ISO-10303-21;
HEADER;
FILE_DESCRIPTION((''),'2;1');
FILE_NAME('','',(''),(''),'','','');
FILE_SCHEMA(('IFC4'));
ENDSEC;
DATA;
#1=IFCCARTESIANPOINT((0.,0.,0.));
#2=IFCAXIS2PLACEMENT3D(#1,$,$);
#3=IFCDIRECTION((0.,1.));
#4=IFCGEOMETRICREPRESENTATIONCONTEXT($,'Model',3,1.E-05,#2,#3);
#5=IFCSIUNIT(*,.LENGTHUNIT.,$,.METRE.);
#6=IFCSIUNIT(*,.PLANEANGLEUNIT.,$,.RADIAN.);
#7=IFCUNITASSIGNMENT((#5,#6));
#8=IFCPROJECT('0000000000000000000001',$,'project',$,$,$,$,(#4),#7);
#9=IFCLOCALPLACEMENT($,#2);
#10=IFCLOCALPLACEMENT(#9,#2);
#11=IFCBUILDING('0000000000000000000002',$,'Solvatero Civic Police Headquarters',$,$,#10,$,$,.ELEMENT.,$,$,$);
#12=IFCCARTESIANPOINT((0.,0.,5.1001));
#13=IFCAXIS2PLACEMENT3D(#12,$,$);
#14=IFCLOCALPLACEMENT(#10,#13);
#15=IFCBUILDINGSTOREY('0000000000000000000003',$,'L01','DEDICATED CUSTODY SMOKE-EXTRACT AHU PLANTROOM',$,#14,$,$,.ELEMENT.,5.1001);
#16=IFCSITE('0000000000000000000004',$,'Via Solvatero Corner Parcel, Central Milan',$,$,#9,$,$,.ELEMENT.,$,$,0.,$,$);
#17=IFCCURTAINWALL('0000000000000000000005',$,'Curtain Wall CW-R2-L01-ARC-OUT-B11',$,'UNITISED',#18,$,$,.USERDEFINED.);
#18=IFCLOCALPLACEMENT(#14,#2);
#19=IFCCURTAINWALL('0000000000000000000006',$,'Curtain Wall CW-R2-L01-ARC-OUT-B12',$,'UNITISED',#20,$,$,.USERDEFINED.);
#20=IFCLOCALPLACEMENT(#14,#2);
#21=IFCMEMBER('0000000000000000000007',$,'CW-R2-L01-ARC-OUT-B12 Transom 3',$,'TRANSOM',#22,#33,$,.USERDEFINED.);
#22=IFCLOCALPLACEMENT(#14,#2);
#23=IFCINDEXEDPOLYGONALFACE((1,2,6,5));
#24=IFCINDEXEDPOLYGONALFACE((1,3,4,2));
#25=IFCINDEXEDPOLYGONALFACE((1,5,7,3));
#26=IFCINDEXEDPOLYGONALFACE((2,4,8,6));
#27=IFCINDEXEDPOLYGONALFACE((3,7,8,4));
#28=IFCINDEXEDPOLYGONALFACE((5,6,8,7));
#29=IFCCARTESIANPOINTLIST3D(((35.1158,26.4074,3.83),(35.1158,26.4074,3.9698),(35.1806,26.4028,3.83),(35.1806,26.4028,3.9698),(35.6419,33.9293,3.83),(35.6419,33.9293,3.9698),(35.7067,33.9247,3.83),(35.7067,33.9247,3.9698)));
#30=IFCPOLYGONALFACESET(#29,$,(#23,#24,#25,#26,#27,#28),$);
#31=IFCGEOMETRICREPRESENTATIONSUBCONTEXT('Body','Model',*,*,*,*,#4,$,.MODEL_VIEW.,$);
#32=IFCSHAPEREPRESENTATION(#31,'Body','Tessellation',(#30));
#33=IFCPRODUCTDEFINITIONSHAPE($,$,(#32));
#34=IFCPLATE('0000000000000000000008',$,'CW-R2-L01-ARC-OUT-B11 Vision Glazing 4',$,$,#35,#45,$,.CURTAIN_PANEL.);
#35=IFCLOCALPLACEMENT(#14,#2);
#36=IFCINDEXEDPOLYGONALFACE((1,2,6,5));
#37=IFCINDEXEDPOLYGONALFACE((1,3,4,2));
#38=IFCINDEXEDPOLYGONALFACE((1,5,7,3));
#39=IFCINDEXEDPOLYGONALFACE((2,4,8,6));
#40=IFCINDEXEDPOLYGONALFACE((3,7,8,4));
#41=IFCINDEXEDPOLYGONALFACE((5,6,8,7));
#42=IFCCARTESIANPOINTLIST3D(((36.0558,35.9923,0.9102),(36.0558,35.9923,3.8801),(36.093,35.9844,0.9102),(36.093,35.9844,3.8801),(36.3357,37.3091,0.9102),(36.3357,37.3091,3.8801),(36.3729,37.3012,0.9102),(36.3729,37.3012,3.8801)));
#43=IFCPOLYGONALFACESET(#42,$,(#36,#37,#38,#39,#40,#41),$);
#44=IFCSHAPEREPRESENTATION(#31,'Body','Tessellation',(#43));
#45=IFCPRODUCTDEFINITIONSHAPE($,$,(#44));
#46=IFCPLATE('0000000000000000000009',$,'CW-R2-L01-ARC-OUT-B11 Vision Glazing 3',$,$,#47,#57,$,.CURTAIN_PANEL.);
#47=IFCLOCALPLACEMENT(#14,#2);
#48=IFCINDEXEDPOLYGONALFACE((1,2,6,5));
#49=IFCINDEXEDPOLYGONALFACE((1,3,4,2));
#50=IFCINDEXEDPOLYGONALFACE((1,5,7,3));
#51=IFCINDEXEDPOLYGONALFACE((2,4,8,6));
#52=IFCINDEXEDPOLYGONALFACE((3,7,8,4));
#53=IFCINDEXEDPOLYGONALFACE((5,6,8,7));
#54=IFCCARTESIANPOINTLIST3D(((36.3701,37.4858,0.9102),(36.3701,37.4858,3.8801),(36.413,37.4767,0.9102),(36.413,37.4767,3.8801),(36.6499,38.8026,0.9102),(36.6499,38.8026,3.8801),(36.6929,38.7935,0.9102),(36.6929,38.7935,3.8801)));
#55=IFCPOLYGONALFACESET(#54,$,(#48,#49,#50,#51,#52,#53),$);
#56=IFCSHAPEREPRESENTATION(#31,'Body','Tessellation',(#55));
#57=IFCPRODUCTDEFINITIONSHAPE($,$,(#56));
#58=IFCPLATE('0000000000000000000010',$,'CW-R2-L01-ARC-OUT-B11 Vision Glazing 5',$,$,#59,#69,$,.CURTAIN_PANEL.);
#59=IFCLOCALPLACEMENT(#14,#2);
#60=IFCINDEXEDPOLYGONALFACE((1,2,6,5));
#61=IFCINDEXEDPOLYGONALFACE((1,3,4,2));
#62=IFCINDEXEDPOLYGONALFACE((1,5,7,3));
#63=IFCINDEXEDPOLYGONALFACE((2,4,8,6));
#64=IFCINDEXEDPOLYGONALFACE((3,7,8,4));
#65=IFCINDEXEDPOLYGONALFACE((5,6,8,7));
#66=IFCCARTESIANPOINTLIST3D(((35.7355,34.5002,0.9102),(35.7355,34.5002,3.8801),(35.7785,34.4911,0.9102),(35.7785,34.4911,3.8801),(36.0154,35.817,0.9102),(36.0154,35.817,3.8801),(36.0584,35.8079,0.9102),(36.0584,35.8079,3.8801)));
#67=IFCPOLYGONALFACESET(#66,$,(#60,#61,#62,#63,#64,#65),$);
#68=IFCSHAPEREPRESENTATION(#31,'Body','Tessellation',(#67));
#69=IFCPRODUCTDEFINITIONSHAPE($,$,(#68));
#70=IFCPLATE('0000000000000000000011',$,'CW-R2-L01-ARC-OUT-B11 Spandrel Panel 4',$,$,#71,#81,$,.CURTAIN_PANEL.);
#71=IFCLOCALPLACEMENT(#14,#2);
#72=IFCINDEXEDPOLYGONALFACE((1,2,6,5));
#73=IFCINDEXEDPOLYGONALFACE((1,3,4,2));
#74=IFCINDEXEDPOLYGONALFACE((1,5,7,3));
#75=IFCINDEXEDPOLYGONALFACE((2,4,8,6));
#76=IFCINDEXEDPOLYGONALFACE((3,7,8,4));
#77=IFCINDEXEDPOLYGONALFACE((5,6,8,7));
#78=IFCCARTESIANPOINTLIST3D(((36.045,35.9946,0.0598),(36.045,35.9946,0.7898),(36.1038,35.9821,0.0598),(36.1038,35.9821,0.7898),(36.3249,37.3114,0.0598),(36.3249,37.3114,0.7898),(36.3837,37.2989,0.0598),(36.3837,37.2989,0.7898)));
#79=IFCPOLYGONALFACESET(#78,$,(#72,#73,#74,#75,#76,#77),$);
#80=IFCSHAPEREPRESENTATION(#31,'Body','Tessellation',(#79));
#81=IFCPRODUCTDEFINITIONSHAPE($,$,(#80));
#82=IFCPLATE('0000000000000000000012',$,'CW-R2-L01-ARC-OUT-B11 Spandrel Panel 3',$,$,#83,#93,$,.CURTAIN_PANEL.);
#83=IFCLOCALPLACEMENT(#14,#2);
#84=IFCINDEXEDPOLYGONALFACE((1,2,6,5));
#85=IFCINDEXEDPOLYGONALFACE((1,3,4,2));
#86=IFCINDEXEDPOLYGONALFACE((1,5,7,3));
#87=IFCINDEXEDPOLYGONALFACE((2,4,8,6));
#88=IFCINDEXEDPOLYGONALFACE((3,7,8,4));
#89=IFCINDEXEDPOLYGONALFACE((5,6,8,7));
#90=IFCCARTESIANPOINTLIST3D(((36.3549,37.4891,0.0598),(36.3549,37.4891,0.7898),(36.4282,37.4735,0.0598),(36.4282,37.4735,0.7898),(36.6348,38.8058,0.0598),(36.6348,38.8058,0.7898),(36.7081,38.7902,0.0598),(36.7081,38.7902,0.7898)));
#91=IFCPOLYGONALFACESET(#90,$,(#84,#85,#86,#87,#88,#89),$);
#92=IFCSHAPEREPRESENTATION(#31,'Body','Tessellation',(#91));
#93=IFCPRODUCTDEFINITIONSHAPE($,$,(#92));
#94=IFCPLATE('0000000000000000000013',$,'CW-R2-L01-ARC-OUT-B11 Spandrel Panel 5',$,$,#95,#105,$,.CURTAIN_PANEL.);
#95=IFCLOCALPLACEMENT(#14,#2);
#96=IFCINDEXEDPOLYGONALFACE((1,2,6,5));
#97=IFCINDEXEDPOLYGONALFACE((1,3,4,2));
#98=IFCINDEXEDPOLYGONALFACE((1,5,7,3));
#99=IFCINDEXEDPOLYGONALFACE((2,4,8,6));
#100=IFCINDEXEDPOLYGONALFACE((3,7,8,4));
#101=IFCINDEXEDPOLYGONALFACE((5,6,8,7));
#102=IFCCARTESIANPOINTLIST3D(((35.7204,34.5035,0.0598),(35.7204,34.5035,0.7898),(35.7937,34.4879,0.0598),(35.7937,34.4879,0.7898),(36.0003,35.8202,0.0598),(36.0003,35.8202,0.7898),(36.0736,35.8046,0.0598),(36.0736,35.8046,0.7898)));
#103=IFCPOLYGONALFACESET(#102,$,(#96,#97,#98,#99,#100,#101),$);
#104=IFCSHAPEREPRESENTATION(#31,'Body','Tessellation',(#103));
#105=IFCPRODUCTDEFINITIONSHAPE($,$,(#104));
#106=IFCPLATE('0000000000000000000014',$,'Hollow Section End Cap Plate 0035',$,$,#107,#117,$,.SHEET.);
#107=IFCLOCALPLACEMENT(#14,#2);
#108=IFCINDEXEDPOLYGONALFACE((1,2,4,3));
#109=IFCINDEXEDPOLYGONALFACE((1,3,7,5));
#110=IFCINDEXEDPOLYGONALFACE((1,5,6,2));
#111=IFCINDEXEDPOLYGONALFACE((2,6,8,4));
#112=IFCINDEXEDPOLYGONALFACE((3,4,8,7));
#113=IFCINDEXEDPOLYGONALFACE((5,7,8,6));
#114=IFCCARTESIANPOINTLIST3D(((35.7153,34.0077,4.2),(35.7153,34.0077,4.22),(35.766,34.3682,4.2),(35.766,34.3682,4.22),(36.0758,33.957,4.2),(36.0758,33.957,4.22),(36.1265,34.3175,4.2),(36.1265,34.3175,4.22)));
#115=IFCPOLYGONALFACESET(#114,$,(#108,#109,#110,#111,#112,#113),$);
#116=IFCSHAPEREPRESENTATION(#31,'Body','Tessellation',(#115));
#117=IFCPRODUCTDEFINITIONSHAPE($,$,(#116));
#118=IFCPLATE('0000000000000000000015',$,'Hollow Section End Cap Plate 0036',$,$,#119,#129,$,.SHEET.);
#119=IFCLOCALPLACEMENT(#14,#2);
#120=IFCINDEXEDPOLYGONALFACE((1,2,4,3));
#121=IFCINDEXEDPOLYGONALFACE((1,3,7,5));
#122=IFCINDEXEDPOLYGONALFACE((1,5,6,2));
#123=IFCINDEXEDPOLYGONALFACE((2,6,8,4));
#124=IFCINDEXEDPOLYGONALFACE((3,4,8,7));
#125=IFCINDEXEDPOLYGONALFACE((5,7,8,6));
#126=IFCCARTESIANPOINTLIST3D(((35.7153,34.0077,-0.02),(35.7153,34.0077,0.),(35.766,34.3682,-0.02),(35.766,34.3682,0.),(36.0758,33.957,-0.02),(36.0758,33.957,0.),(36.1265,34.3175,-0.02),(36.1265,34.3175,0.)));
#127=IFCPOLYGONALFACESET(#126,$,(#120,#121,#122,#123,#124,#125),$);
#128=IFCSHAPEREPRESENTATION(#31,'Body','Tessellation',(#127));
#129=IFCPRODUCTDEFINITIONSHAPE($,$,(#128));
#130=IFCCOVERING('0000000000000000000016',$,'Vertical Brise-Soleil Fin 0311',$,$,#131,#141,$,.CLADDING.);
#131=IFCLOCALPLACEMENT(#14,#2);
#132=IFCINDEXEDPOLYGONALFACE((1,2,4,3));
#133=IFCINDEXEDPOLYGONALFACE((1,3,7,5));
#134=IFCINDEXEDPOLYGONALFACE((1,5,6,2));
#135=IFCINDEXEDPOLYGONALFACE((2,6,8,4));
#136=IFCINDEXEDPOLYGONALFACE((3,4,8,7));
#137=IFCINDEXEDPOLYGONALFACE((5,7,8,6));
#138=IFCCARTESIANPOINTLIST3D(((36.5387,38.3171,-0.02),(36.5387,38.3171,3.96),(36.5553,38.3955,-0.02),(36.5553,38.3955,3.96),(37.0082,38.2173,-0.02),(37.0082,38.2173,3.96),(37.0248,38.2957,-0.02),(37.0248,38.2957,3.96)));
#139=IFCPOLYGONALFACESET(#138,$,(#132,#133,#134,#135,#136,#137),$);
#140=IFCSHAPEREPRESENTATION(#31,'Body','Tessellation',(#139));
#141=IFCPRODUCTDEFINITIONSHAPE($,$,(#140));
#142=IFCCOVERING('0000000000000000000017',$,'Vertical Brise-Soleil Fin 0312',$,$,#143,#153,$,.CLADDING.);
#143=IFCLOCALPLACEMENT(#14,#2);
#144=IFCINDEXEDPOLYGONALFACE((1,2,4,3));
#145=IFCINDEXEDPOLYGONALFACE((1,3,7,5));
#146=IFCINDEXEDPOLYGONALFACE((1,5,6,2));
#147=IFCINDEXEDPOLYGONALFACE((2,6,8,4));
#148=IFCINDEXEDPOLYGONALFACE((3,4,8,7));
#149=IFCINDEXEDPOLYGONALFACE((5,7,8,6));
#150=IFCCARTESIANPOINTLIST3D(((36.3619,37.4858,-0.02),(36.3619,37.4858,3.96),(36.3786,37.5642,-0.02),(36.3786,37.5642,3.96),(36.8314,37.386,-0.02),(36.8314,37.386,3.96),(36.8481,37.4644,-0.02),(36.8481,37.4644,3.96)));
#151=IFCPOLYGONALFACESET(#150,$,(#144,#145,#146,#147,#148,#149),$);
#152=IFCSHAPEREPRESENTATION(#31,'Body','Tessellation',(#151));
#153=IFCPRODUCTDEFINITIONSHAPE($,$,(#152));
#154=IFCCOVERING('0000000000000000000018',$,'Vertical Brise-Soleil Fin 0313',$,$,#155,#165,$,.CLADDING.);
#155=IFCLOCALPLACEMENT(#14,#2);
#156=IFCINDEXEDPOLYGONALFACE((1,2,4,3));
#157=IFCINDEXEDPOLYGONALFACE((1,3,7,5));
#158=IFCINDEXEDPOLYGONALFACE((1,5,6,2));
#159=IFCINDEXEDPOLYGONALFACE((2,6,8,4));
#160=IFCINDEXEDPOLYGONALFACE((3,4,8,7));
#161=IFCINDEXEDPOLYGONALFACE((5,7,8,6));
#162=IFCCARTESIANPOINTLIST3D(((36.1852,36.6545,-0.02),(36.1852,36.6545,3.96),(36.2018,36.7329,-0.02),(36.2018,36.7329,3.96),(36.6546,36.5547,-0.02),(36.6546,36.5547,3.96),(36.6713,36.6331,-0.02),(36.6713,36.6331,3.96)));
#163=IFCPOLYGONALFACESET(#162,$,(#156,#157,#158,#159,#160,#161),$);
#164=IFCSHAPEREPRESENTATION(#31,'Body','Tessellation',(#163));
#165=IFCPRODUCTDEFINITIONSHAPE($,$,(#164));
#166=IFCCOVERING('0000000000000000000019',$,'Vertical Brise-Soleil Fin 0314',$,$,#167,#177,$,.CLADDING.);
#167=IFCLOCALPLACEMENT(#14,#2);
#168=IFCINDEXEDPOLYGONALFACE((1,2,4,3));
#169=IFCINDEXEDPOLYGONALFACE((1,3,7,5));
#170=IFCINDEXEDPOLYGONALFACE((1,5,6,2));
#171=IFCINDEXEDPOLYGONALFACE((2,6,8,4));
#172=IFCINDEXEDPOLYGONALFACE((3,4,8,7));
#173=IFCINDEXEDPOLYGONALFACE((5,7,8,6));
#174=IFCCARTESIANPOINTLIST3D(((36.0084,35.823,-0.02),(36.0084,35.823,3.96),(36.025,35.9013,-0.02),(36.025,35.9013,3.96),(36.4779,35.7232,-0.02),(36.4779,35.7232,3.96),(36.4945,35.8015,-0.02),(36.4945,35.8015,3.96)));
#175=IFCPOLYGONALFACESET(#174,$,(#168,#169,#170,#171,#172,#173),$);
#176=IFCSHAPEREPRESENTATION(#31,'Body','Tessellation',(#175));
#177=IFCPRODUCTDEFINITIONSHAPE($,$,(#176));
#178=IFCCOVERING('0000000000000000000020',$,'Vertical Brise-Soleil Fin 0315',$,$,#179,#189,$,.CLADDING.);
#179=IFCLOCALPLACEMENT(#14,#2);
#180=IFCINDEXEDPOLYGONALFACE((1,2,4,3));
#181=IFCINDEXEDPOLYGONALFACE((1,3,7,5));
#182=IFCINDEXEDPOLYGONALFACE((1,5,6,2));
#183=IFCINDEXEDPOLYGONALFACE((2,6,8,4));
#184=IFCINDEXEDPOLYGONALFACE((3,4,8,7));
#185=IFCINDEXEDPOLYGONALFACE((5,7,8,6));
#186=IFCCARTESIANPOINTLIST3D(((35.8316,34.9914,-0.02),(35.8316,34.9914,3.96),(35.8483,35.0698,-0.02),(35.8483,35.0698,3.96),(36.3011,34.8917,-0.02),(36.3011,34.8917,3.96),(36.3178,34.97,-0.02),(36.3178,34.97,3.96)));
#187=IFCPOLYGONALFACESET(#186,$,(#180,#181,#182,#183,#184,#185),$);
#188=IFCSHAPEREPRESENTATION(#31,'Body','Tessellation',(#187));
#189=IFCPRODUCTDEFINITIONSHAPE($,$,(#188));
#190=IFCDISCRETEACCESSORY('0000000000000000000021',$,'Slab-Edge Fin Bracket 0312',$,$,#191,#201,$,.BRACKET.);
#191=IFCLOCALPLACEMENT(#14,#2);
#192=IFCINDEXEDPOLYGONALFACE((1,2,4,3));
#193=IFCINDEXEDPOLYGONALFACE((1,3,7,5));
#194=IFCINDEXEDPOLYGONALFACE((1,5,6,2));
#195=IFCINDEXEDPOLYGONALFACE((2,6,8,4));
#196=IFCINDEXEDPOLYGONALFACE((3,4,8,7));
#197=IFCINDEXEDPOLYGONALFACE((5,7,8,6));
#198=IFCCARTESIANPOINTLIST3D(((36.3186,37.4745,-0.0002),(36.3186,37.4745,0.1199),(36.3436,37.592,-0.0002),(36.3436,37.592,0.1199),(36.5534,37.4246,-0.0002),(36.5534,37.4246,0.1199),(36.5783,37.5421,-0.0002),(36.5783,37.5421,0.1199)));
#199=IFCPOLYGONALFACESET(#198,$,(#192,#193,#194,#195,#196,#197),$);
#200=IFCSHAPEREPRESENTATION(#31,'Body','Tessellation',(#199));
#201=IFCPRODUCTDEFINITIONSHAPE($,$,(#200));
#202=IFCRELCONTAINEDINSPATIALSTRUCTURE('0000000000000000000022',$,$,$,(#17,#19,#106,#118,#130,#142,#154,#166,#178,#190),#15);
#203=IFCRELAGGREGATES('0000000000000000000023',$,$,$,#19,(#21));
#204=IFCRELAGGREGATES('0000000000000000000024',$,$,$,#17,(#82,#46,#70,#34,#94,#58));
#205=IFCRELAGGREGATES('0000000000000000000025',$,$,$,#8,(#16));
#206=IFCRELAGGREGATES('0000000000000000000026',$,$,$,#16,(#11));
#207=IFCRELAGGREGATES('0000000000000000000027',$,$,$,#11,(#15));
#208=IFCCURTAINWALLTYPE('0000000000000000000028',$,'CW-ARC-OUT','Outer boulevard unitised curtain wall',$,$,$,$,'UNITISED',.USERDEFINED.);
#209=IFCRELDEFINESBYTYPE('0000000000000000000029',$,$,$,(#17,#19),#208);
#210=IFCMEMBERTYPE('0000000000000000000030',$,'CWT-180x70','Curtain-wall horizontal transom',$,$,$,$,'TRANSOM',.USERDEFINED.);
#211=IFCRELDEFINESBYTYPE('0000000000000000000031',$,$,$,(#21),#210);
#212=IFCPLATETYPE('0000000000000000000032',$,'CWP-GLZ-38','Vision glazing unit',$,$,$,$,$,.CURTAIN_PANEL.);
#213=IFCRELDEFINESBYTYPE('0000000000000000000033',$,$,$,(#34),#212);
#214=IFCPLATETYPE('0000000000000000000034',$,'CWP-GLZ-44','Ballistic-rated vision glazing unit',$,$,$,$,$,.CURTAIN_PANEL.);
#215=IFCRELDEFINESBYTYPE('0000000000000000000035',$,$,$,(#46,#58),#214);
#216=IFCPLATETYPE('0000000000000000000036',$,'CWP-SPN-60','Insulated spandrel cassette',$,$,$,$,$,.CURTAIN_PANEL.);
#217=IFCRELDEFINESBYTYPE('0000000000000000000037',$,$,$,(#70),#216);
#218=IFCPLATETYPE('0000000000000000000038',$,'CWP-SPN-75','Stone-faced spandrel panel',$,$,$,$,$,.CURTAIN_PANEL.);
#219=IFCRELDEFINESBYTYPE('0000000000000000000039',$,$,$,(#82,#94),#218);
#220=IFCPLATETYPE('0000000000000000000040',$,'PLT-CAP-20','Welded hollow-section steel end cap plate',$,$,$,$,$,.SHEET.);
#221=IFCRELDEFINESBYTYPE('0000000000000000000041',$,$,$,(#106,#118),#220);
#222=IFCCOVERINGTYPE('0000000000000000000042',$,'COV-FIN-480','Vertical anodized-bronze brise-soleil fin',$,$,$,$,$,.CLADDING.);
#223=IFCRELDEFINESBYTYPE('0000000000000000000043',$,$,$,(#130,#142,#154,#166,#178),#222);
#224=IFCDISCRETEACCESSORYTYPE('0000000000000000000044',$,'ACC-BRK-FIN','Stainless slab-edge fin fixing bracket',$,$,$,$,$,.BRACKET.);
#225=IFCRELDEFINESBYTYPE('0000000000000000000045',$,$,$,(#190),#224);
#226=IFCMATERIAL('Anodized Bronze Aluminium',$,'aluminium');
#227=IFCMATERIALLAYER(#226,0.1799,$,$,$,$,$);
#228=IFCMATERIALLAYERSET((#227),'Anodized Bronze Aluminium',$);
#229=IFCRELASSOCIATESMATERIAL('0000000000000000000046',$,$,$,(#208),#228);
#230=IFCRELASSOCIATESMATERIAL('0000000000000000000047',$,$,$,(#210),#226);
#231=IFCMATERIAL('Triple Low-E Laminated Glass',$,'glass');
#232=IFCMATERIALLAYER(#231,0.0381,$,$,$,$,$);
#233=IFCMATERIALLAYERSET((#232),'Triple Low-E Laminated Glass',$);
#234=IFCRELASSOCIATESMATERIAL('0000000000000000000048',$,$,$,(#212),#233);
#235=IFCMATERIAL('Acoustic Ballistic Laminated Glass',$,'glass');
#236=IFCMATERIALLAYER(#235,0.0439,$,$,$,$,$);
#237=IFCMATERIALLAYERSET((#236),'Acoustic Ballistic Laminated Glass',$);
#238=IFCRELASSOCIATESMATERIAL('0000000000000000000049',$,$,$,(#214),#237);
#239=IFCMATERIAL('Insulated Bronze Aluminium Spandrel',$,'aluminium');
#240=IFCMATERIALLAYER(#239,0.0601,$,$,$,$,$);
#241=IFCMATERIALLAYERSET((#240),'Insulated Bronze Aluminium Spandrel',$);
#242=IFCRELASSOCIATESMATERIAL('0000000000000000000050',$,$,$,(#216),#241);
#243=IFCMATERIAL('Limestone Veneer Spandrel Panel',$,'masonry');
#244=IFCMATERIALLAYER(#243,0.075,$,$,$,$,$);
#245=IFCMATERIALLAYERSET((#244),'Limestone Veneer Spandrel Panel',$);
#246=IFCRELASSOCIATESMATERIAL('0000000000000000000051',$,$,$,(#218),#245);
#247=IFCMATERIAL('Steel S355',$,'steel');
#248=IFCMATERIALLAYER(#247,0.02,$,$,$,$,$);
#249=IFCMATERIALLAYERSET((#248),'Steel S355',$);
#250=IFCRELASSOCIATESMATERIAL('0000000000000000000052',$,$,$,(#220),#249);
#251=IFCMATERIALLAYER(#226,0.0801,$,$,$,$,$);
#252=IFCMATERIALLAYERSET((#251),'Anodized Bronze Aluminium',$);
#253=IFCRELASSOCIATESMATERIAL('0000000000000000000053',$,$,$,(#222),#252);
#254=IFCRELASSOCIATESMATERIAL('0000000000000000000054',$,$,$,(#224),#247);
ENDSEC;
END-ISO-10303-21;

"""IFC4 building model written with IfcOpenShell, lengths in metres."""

from ifc_helpers import new_model, si_unit, direction, frame, origin, origin_2d, place, context, subcontext, project, spatial, rectangle, extrude, material, layer, layer_set, material_profile, profile_set, type_object, element, aggregate, save


model = new_model("IFC4")

# Units and contexts
model_context = context("Model", 3, precision=1e-05, world=origin(), true_north=direction((0.0, 1.0)))
body_context = subcontext(model_context, "Body", "Model", "MODEL_VIEW")
ifc_project = project(units=[si_unit("LENGTHUNIT", "METRE"), si_unit("PLANEANGLEUNIT", "RADIAN")], contexts=[model_context])

# Site, building, storey
site_placement = place(None, origin())
site = spatial("IfcSite", under=ifc_project, at=site_placement, Name="Via Solvatero Corner Parcel, Central Milan", CompositionType="ELEMENT", RefElevation=0.0)
building_placement = place(site_placement, origin())
building = spatial("IfcBuilding", under=site, at=building_placement, Name="Solvatero Civic Police Headquarters", CompositionType="ELEMENT")
storey_placement = place(building_placement, frame((0.0, 0.0, 5.1001)))
storey = spatial("IfcBuildingStorey", under=building, at=storey_placement, Name="L01", Description="DEDICATED CUSTODY SMOKE-EXTRACT AHU PLANTROOM", CompositionType="ELEMENT", Elevation=5.1001)

# Shared definitions
ifc_material_1 = material(Name="Steel S355", Category="steel")

# Curtain walls, member
ifc_material_2 = material(Name="Anodized Bronze Aluminium", Category="aluminium")
ifc_layer_1 = layer(ifc_material_2, 0.1799)
ifc_layer_set_1 = layer_set([ifc_layer_1], Name="Anodized Bronze Aluminium")
curtain_wall_type = type_object("IfcCurtainWallType", Name="CW-ARC-OUT", Description="Outer boulevard unitised curtain wall", ElementType="UNITISED", PredefinedType="USERDEFINED", material=ifc_layer_set_1)
curtain_wall_1_placement = place(storey_placement, origin())
curtain_wall_1 = element("IfcCurtainWall", 1, at=curtain_wall_1_placement, inside=storey, type_object=curtain_wall_type, Name="Curtain Wall CW-R2-L01-ARC-OUT-B11", ObjectType="UNITISED", PredefinedType="USERDEFINED")
curtain_wall_2_placement = place(storey_placement, origin())
curtain_wall_2 = element("IfcCurtainWall", 2, at=curtain_wall_2_placement, inside=storey, type_object=curtain_wall_type, Name="Curtain Wall CW-R2-L01-ARC-OUT-B12", ObjectType="UNITISED", PredefinedType="USERDEFINED")
ifc_material_profile_1 = material_profile(ifc_material_2, rectangle(XDim=0.0649, YDim=0.1399, at=origin_2d()), Name="ALU TRANSOM 65x140")
ifc_profile_set_1 = profile_set([ifc_material_profile_1], Name="Anodized Bronze Aluminium")
member_type_1 = type_object("IfcMemberType", Name="CWT-180x70", Description="Curtain-wall horizontal transom", ElementType="TRANSOM", PredefinedType="USERDEFINED", material=ifc_profile_set_1)
member_1_placement = place(storey_placement, frame((35.6743, 33.927, 3.8999), z_axis=(-0.069774, -0.997563, 0.0), x_axis=(0.997563, -0.069774, 0.0)))
member_1 = element("IfcMember", 3, at=member_1_placement, type_object=member_type_1, Name="CW-R2-L01-ARC-OUT-B12 Transom 3", ObjectType="TRANSOM", PredefinedType="USERDEFINED", context=body_context, shape_type="SweptSolid", body=[
    extrude(rectangle(XDim=0.0649, YDim=0.1399, at=origin_2d()), origin(), (0.0, 0.0, 1.0), 7.5403),
])
aggregate(curtain_wall_2, [member_1])

# Plates
ifc_material_3 = material(Name="Triple Low-E Laminated Glass", Category="glass")
ifc_layer_2 = layer(ifc_material_3, 0.0381)
ifc_layer_set_2 = layer_set([ifc_layer_2], Name="Triple Low-E Laminated Glass")
plate_type_1 = type_object("IfcPlateType", Name="CWP-GLZ-38", Description="Vision glazing unit", PredefinedType="CURTAIN_PANEL", material=ifc_layer_set_2)
plate_1_placement = place(storey_placement, frame((36.2144, 36.6467, 0.9102), z_axis=(0.0, 0.0, 1.0), x_axis=(-0.207912, -0.978148, 0.0)))
plate_1 = element("IfcPlate", 4, at=plate_1_placement, type_object=plate_type_1, Name="CW-R2-L01-ARC-OUT-B11 Vision Glazing 4", PredefinedType="CURTAIN_PANEL", context=body_context, shape_type="SweptSolid", body=[
    extrude(rectangle(XDim=1.3462, YDim=0.0381, at=origin_2d()), origin(), (0.0, 0.0, 1.0), 2.97),
])
ifc_material_4 = material(Name="Acoustic Ballistic Laminated Glass", Category="glass")
ifc_layer_3 = layer(ifc_material_4, 0.0439)
ifc_layer_set_3 = layer_set([ifc_layer_3], Name="Acoustic Ballistic Laminated Glass")
plate_type_2 = type_object("IfcPlateType", Name="CWP-GLZ-44", Description="Ballistic-rated vision glazing unit", PredefinedType="CURTAIN_PANEL", material=ifc_layer_set_3)
plate_2_placement = place(storey_placement, frame((36.5315, 38.1396, 0.9102), z_axis=(0.0, 0.0, 1.0), x_axis=(-0.207912, -0.978148, 0.0)))
plate_2 = element("IfcPlate", 5, at=plate_2_placement, type_object=plate_type_2, Name="CW-R2-L01-ARC-OUT-B11 Vision Glazing 3", PredefinedType="CURTAIN_PANEL", context=body_context, shape_type="SweptSolid", body=[
    extrude(rectangle(XDim=1.3462, YDim=0.0439, at=origin_2d()), origin(), (0.0, 0.0, 1.0), 2.97),
])
plate_3_placement = place(storey_placement, frame((35.897, 35.1541, 0.9102), z_axis=(0.0, 0.0, 1.0), x_axis=(-0.207912, -0.978148, 0.0)))
plate_3 = element("IfcPlate", 6, at=plate_3_placement, type_object=plate_type_2, Name="CW-R2-L01-ARC-OUT-B11 Vision Glazing 5", PredefinedType="CURTAIN_PANEL", context=body_context, shape_type="SweptSolid", body=[
    extrude(rectangle(XDim=1.3462, YDim=0.0439, at=origin_2d()), origin(), (0.0, 0.0, 1.0), 2.97),
])
ifc_material_5 = material(Name="Insulated Bronze Aluminium Spandrel", Category="aluminium")
ifc_layer_4 = layer(ifc_material_5, 0.0601)
ifc_layer_set_4 = layer_set([ifc_layer_4], Name="Insulated Bronze Aluminium Spandrel")
plate_type_3 = type_object("IfcPlateType", Name="CWP-SPN-60", Description="Insulated spandrel cassette", PredefinedType="CURTAIN_PANEL", material=ifc_layer_set_4)
plate_4_placement = place(storey_placement, frame((36.2144, 36.6467, 0.0598), z_axis=(0.0, 0.0, 1.0), x_axis=(-0.207912, -0.978148, 0.0)))
plate_4 = element("IfcPlate", 7, at=plate_4_placement, type_object=plate_type_3, Name="CW-R2-L01-ARC-OUT-B11 Spandrel Panel 4", PredefinedType="CURTAIN_PANEL", context=body_context, shape_type="SweptSolid", body=[
    extrude(rectangle(XDim=1.3462, YDim=0.0601, at=origin_2d()), origin(), (0.0, 0.0, 1.0), 0.73),
])
ifc_material_6 = material(Name="Limestone Veneer Spandrel Panel", Category="masonry")
ifc_layer_5 = layer(ifc_material_6, 0.075)
ifc_layer_set_5 = layer_set([ifc_layer_5], Name="Limestone Veneer Spandrel Panel")
plate_type_4 = type_object("IfcPlateType", Name="CWP-SPN-75", Description="Stone-faced spandrel panel", PredefinedType="CURTAIN_PANEL", material=ifc_layer_set_5)
plate_5_placement = place(storey_placement, frame((36.5315, 38.1396, 0.0598), z_axis=(0.0, 0.0, 1.0), x_axis=(-0.207912, -0.978148, 0.0)))
plate_5 = element("IfcPlate", 8, at=plate_5_placement, type_object=plate_type_4, Name="CW-R2-L01-ARC-OUT-B11 Spandrel Panel 3", PredefinedType="CURTAIN_PANEL", context=body_context, shape_type="SweptSolid", body=[
    extrude(rectangle(XDim=1.3462, YDim=0.075, at=origin_2d()), origin(), (0.0, 0.0, 1.0), 0.73),
])
plate_6_placement = place(storey_placement, frame((35.897, 35.1541, 0.0598), z_axis=(0.0, 0.0, 1.0), x_axis=(-0.207912, -0.978148, 0.0)))
plate_6 = element("IfcPlate", 9, at=plate_6_placement, type_object=plate_type_4, Name="CW-R2-L01-ARC-OUT-B11 Spandrel Panel 5", PredefinedType="CURTAIN_PANEL", context=body_context, shape_type="SweptSolid", body=[
    extrude(rectangle(XDim=1.3462, YDim=0.075, at=origin_2d()), origin(), (0.0, 0.0, 1.0), 0.73),
])
aggregate(curtain_wall_1, [plate_5, plate_2, plate_4, plate_1, plate_6, plate_3])

# Plates
ifc_layer_6 = layer(ifc_material_1, 0.02)
ifc_layer_set_6 = layer_set([ifc_layer_6], Name="Steel S355")
plate_type_5 = type_object("IfcPlateType", Name="PLT-CAP-20", Description="Welded hollow-section steel end cap plate", PredefinedType="SHEET", material=ifc_layer_set_6)
for number, where, z_axis, x_axis, name in (
    (10, (35.9209, 34.1626, 4.2), (0.0, 0.0, 1.0), (0.139173, 0.990268, 0.0), "Hollow Section End Cap Plate 0035"),
    (11, (35.9209, 34.1626, -0.02), (0.0, 0.0, 1.0), (0.139173, 0.990268, 0.0), "Hollow Section End Cap Plate 0036"),
):
    element("IfcPlate", number, at=place(storey_placement, frame(where, z_axis=z_axis, x_axis=x_axis)), inside=storey, type_object=plate_type_5, Name=name, PredefinedType="SHEET", context=body_context, shape_type="SweptSolid", body=[
        extrude(rectangle(XDim=0.364, YDim=0.364, at=origin_2d()), origin(), (0.0, 0.0, 1.0), 0.02),
    ])

# Coverings
ifc_layer_7 = layer(ifc_material_2, 0.0801)
ifc_layer_set_7 = layer_set([ifc_layer_7], Name="Anodized Bronze Aluminium")
covering_type = type_object("IfcCoveringType", Name="COV-FIN-480", Description="Vertical anodized-bronze brise-soleil fin", PredefinedType="CLADDING", material=ifc_layer_set_7)
for number, where, z_axis, x_axis, name in (
    (12, (36.7817, 38.3064, -0.02), (0.0, 0.0, 1.0), (-0.207912, -0.978148, 0.0), "Vertical Brise-Soleil Fin 0311"),
    (13, (36.605, 37.4751, -0.02), (0.0, 0.0, 1.0), (-0.207912, -0.978148, 0.0), "Vertical Brise-Soleil Fin 0312"),
    (14, (36.4282, 36.6438, -0.02), (0.0, 0.0, 1.0), (-0.207912, -0.978148, 0.0), "Vertical Brise-Soleil Fin 0313"),
    (15, (36.2515, 35.8123, -0.02), (0.0, 0.0, 1.0), (-0.207912, -0.978148, 0.0), "Vertical Brise-Soleil Fin 0314"),
    (16, (36.0747, 34.9807, -0.02), (0.0, 0.0, 1.0), (-0.207912, -0.978148, 0.0), "Vertical Brise-Soleil Fin 0315"),
):
    element("IfcCovering", number, at=place(storey_placement, frame(where, z_axis=z_axis, x_axis=x_axis)), inside=storey, type_object=covering_type, Name=name, PredefinedType="CLADDING", context=body_context, shape_type="SweptSolid", body=[
        extrude(rectangle(XDim=0.0801, YDim=0.48, at=origin_2d()), origin(), (0.0, 0.0, 1.0), 3.98),
    ])

# Discrete accessory
discrete_accessory_type = type_object("IfcDiscreteAccessoryType", Name="ACC-BRK-FIN", Description="Stainless slab-edge fin fixing bracket", PredefinedType="BRACKET", material=ifc_material_1)
for number, where, z_axis, x_axis, name in (
    (17, (36.4485, 37.5083, -0.0002), (0.0, 0.0, 1.0), (-0.207912, -0.978148, 0.0), "Slab-Edge Fin Bracket 0312"),
):
    element("IfcDiscreteAccessory", number, at=place(storey_placement, frame(where, z_axis=z_axis, x_axis=x_axis)), inside=storey, type_object=discrete_accessory_type, Name=name, PredefinedType="BRACKET", context=body_context, shape_type="SweptSolid", body=[
        extrude(rectangle(XDim=0.1201, YDim=0.24, at=origin_2d()), origin(), (0.0, 0.0, 1.0), 0.1201),
    ])

save(model, "model.ifc")
